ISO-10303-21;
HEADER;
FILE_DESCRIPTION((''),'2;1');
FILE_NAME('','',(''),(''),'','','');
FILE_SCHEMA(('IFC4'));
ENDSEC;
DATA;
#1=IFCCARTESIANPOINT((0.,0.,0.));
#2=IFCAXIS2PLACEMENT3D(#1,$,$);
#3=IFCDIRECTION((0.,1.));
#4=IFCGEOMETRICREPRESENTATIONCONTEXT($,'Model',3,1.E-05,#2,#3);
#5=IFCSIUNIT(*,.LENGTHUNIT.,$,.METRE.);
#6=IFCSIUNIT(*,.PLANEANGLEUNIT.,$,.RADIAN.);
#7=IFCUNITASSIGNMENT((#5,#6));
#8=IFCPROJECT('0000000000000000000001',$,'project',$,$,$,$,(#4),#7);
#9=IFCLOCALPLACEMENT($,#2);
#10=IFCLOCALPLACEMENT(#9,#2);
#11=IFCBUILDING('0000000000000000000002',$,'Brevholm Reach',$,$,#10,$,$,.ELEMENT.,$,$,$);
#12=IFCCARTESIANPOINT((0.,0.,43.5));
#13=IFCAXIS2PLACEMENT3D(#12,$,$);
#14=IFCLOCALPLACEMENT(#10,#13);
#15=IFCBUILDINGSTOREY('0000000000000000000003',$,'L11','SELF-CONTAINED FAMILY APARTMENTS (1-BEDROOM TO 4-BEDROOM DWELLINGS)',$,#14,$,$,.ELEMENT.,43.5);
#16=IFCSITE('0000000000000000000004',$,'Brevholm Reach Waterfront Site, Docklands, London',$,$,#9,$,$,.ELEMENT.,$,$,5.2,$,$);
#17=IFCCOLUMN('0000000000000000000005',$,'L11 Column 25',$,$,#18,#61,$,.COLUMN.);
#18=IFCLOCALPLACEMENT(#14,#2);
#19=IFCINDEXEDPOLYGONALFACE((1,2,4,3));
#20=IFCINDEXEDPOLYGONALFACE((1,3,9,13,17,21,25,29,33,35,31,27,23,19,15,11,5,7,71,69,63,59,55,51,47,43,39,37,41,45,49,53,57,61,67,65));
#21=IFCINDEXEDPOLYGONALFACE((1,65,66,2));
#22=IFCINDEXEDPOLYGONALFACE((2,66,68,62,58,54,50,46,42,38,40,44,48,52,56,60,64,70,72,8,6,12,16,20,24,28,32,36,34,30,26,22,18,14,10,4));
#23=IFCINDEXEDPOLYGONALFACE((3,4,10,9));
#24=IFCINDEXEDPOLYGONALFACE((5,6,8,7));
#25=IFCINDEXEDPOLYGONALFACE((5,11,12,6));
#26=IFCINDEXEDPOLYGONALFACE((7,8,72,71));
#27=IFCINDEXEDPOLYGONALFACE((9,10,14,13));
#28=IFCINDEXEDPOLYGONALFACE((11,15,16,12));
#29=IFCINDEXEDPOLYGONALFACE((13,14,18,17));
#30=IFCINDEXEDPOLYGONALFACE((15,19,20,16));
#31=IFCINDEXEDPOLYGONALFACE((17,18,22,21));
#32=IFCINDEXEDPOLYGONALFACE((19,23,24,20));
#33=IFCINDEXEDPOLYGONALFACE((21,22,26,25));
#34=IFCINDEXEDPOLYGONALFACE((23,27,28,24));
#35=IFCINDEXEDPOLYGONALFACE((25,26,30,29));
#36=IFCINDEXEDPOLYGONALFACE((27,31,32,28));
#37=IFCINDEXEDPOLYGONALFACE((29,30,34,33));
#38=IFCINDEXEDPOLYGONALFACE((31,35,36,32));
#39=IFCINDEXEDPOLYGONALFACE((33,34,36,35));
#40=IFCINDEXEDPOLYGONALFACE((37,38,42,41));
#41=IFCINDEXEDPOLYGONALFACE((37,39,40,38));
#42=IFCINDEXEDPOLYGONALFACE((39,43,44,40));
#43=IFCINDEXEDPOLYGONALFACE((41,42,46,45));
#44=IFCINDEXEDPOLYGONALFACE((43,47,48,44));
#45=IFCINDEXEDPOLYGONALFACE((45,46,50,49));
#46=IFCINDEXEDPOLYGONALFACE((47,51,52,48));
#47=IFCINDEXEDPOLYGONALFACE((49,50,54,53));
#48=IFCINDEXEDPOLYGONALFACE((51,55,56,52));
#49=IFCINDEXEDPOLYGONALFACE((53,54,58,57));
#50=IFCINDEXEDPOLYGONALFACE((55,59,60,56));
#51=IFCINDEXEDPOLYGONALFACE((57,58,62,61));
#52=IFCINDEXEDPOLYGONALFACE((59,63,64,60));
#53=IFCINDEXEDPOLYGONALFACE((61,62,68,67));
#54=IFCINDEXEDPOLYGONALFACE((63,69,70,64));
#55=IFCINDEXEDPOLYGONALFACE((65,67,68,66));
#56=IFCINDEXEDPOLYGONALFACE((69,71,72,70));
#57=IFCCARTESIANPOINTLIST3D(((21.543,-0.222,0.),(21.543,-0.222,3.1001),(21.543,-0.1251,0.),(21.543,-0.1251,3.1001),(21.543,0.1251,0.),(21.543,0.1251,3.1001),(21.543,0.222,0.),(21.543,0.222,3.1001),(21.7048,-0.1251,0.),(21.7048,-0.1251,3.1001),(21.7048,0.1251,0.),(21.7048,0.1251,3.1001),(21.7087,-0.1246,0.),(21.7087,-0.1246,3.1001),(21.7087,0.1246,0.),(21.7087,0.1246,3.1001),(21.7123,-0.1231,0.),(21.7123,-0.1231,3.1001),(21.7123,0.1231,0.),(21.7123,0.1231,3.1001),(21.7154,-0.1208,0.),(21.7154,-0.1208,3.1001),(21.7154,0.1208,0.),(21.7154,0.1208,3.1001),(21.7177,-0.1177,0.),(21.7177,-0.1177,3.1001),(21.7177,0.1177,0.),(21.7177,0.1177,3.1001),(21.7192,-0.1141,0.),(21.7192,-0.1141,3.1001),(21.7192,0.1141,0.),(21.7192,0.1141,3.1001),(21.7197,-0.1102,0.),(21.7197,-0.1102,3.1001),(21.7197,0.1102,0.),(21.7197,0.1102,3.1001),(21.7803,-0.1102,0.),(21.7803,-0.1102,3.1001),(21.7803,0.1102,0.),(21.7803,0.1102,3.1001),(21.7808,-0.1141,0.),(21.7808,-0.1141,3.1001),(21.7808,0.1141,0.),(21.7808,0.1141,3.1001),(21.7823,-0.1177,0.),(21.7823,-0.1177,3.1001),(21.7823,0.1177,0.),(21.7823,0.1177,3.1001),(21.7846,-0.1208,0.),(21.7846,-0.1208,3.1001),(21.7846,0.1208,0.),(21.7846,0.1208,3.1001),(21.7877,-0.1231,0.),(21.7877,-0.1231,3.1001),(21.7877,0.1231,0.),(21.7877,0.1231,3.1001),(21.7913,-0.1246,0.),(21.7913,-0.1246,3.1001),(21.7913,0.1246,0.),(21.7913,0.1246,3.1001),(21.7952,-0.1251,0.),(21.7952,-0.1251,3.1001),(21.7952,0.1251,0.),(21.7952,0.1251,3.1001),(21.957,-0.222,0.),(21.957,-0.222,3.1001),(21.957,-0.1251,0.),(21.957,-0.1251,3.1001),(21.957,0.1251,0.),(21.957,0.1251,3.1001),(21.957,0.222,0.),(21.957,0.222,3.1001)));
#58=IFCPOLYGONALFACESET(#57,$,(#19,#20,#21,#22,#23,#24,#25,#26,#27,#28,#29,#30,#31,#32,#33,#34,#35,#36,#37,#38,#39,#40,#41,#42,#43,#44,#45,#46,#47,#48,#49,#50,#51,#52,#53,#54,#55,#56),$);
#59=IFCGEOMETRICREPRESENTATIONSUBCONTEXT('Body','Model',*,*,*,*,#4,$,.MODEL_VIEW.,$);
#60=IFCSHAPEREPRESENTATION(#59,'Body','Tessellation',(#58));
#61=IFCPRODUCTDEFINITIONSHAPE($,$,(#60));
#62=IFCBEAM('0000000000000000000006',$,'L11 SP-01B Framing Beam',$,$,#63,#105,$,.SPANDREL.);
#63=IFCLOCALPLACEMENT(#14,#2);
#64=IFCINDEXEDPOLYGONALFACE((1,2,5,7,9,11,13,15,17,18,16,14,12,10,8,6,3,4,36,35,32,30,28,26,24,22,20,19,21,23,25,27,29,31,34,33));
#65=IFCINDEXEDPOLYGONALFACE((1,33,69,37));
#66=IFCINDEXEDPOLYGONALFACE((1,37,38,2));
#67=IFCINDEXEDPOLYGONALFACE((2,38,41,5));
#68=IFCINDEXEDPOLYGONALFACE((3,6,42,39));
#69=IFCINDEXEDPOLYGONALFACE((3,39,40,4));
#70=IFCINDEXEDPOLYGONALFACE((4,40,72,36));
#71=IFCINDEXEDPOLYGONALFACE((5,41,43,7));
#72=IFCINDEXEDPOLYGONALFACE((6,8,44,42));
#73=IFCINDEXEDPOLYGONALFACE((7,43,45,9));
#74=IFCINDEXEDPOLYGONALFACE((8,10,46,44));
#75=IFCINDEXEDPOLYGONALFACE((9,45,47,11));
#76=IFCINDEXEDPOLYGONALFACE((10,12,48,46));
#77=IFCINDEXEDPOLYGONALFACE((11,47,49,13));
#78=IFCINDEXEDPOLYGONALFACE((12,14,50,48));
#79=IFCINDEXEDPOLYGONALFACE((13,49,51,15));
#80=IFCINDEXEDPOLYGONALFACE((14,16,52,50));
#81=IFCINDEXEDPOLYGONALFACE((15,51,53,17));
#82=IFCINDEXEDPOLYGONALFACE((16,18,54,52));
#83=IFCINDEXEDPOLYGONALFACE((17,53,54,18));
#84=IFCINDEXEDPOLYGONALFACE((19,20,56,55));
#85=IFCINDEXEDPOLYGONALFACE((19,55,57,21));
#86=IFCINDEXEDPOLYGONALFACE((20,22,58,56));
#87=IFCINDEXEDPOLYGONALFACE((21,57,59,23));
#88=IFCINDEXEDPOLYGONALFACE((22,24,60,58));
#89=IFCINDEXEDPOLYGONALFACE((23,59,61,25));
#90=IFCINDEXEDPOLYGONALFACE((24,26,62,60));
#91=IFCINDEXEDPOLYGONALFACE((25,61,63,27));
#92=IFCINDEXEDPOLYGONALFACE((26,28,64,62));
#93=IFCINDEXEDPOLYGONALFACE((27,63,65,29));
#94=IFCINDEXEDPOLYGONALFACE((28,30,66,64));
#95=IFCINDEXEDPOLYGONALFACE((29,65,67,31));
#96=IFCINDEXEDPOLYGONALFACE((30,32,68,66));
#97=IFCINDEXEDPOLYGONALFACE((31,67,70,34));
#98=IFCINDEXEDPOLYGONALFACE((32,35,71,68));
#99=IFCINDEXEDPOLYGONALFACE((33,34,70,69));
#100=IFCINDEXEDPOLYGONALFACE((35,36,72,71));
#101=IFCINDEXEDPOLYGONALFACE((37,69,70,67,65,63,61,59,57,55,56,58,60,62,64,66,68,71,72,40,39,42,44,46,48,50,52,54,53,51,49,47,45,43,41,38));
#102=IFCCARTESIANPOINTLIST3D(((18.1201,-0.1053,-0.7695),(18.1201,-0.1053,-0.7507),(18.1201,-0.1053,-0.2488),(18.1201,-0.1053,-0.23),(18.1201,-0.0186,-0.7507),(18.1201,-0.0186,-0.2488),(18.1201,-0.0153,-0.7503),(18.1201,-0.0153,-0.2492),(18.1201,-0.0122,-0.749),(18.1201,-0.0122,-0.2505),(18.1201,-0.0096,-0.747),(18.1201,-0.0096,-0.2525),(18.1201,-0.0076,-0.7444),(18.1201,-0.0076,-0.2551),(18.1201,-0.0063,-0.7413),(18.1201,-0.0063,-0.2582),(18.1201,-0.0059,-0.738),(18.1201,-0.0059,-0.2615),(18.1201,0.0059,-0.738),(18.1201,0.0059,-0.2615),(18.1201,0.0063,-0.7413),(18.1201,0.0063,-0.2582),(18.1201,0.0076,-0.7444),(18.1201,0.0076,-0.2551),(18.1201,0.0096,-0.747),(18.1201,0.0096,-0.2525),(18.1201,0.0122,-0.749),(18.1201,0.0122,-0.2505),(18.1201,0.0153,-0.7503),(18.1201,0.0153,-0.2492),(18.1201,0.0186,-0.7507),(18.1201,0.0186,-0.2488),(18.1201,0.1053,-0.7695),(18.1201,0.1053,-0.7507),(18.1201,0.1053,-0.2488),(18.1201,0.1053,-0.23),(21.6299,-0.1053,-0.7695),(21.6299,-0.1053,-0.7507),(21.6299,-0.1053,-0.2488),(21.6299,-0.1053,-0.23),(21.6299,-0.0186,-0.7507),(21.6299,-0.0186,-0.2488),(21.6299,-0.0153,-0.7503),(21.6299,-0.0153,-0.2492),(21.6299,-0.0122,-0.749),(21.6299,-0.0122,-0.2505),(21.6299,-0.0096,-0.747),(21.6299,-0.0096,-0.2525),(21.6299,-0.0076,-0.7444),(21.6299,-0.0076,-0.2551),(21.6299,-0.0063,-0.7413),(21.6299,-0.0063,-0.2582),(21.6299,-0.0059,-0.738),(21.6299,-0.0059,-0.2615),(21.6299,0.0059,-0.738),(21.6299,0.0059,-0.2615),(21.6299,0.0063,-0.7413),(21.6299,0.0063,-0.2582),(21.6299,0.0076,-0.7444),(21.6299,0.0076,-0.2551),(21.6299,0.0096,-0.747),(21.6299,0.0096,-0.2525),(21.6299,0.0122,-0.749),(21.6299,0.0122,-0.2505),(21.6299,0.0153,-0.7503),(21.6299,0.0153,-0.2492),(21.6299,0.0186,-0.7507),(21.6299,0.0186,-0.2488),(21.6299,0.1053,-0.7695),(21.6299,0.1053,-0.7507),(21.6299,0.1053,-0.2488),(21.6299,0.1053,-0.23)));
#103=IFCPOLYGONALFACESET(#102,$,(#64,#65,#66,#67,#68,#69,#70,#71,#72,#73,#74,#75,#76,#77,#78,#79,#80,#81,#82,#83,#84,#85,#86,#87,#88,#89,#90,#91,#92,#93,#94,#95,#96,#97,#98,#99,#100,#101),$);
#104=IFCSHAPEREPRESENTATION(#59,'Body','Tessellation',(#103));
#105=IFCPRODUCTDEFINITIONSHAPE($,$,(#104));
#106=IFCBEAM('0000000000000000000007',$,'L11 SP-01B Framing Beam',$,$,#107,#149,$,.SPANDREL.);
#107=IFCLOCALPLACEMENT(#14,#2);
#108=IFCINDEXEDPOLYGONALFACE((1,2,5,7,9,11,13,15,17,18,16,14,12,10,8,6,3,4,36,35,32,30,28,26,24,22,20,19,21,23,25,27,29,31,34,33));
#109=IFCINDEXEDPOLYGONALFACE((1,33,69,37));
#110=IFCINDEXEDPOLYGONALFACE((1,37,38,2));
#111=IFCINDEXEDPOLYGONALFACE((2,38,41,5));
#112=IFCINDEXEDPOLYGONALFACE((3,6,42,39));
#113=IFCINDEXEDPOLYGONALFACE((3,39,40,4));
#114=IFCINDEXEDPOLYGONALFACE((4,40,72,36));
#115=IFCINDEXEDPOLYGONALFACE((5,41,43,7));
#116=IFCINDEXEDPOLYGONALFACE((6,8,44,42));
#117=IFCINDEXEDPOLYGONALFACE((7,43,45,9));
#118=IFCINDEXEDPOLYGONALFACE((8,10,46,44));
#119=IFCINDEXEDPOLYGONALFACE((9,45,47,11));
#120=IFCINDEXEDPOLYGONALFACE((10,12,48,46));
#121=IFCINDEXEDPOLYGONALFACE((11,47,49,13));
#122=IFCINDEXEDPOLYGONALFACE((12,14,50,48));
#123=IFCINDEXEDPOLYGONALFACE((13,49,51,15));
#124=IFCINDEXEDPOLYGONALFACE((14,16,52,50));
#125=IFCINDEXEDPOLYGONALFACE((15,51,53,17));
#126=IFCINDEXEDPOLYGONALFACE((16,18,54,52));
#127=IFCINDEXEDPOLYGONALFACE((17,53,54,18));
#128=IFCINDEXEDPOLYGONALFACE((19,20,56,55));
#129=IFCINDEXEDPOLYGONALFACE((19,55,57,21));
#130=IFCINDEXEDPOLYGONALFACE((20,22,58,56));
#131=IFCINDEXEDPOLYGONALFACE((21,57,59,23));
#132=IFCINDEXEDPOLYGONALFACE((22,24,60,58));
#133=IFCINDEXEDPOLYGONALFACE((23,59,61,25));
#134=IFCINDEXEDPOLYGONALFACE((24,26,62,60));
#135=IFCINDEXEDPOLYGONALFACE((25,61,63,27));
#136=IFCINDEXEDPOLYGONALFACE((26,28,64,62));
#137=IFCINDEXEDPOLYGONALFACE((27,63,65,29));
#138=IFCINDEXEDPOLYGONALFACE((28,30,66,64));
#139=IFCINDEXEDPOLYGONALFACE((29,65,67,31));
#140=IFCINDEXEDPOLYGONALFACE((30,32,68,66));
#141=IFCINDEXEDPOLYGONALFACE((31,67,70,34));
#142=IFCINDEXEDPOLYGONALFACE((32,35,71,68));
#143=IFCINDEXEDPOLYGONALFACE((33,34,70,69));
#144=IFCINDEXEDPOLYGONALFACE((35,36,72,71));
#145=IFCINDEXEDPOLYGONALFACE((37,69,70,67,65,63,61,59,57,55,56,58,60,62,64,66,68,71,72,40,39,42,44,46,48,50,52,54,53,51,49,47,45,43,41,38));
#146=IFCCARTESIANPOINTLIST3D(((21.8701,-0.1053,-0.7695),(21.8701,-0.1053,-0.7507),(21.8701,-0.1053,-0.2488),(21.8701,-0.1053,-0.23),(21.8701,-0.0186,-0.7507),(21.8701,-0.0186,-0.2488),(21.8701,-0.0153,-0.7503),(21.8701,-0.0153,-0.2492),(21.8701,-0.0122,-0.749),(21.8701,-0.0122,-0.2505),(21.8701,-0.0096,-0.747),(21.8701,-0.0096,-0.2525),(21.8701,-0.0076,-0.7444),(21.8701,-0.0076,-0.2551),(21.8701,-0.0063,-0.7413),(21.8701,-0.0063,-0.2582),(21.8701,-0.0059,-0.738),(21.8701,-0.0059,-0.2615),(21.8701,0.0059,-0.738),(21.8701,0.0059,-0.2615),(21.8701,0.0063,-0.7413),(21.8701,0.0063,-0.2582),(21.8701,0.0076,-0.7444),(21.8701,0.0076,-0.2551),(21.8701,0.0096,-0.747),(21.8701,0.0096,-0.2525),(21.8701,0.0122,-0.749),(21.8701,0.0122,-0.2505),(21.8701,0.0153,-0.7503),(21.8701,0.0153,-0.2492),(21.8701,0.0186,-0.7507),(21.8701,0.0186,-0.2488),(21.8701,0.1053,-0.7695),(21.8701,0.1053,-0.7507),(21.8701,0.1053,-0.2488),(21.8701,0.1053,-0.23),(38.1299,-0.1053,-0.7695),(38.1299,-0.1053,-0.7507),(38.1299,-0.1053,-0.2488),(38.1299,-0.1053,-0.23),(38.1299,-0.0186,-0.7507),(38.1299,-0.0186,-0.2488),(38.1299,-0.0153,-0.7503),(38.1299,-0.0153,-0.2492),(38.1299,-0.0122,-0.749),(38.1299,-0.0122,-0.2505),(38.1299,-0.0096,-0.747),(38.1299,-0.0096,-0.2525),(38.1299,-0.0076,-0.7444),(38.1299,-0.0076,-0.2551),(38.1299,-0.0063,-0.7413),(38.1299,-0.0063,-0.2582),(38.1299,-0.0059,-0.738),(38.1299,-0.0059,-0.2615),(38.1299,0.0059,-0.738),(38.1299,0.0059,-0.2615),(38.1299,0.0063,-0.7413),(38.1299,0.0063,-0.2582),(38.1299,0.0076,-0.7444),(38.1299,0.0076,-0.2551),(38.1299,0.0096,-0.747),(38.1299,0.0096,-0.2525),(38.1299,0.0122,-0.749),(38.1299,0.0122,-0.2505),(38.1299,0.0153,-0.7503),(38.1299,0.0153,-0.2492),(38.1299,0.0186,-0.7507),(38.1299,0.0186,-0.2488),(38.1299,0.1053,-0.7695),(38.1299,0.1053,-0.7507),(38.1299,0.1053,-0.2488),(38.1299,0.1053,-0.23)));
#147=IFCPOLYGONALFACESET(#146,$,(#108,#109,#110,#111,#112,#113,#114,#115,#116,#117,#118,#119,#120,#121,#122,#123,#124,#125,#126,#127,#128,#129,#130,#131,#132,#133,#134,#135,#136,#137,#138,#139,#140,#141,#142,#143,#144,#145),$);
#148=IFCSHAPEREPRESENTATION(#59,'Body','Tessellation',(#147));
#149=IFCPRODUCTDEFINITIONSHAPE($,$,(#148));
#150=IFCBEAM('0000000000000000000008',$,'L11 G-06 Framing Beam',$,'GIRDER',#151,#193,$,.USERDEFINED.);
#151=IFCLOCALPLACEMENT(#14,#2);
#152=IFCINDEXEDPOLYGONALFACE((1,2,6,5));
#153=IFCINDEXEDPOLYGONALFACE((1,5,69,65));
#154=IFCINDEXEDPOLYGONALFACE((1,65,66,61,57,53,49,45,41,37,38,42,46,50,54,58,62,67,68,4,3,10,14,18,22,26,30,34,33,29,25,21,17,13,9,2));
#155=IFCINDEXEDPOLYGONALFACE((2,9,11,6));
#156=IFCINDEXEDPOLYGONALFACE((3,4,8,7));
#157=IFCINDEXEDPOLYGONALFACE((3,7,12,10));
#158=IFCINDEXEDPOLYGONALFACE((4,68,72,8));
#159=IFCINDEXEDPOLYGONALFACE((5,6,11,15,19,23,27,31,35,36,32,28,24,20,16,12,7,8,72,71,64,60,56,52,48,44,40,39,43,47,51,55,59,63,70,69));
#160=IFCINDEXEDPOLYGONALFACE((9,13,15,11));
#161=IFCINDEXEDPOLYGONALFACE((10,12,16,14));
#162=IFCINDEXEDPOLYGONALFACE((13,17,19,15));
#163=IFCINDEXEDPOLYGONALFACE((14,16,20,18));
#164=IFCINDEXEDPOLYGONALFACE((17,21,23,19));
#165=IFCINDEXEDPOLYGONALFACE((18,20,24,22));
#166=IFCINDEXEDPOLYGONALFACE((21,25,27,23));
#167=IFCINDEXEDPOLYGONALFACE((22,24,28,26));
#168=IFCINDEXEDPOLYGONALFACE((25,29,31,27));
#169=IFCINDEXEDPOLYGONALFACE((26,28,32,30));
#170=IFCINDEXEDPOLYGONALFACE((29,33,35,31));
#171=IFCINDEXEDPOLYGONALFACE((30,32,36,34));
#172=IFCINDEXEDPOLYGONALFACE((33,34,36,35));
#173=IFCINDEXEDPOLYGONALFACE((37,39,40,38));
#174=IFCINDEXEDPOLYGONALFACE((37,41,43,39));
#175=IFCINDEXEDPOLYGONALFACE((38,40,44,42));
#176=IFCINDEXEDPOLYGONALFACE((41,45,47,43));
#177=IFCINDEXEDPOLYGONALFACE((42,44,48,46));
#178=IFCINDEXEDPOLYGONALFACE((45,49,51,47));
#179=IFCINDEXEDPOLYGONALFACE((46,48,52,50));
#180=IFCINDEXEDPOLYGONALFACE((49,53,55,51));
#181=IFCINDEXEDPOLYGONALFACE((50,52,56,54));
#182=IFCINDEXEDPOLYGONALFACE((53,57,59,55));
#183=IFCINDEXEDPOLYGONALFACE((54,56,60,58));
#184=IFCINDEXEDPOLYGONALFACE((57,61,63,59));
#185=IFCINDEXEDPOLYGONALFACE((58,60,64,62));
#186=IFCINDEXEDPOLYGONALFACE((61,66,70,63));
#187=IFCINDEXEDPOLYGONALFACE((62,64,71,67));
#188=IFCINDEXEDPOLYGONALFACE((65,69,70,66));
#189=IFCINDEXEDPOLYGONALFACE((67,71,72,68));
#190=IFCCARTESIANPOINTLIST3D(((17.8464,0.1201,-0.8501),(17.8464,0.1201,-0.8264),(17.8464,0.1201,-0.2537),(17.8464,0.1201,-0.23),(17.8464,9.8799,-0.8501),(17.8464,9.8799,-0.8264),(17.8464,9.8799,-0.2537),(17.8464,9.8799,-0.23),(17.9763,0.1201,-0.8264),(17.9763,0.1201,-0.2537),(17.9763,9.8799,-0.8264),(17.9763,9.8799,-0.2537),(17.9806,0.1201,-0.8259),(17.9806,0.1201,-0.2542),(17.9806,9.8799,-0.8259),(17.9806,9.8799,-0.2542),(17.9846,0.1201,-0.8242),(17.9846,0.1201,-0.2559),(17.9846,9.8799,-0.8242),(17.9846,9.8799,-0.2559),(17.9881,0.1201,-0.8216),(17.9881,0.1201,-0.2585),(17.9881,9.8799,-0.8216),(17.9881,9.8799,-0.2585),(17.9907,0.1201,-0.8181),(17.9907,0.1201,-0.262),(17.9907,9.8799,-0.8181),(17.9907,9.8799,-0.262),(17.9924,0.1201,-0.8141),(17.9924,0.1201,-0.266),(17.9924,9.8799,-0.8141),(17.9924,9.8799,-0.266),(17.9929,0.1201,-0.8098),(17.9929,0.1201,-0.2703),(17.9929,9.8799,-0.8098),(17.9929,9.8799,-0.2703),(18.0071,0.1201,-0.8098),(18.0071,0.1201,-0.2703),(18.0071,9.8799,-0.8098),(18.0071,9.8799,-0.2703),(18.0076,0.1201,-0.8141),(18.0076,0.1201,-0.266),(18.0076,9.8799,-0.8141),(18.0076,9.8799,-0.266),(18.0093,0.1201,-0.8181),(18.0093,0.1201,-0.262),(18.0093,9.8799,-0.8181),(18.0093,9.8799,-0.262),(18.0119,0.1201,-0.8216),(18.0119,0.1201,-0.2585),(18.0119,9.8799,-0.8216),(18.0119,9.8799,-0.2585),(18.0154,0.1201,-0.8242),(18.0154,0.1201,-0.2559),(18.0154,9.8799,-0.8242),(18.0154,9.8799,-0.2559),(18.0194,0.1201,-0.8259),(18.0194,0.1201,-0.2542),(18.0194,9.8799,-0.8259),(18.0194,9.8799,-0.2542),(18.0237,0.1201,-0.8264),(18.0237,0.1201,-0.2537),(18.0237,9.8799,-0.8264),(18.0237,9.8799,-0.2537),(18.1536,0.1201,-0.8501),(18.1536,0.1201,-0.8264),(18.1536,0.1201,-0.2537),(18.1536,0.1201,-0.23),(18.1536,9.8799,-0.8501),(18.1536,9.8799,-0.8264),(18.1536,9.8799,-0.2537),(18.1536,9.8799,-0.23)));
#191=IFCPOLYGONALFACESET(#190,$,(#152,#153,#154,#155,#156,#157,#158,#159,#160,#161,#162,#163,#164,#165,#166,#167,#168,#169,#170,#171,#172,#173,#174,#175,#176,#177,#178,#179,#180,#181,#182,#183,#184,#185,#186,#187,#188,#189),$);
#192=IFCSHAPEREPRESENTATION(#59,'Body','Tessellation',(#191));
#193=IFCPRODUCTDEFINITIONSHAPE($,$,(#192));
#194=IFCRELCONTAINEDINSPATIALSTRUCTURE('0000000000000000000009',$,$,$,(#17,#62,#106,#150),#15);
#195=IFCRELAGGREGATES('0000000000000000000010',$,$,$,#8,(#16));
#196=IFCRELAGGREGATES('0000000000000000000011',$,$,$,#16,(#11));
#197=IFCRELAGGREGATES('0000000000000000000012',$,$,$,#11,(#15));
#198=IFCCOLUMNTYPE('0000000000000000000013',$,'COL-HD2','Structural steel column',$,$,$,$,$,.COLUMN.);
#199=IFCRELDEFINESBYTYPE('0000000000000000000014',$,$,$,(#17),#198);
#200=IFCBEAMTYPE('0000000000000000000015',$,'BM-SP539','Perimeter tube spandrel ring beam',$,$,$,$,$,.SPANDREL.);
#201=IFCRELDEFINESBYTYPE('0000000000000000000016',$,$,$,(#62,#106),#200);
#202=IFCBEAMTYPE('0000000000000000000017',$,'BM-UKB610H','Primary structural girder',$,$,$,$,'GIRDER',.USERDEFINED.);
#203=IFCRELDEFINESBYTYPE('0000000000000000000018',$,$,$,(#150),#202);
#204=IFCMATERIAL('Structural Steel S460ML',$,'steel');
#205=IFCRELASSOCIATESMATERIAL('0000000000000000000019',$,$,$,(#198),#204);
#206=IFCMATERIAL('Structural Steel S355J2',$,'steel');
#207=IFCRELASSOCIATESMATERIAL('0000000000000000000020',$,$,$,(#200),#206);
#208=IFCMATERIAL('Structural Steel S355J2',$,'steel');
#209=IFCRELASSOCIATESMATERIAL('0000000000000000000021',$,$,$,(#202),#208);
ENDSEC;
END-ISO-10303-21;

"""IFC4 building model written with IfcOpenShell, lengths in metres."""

from ifc_helpers import new_model, si_unit, direction, frame, origin, origin_2d, place, context, subcontext, project, spatial, i_section, extrude, material, material_profile, profile_set, type_object, element, save


model = new_model("IFC4")

# Units and contexts
model_context = context("Model", 3, precision=1e-05, world=origin(), true_north=direction((0.0, 1.0)))
body_context = subcontext(model_context, "Body", "Model", "MODEL_VIEW")
ifc_project = project(units=[si_unit("LENGTHUNIT", "METRE"), si_unit("PLANEANGLEUNIT", "RADIAN")], contexts=[model_context])

# Site, building, storey
site_placement = place(None, origin())
site = spatial("IfcSite", under=ifc_project, at=site_placement, Name="Brevholm Reach Waterfront Site, Docklands, London", CompositionType="ELEMENT", RefElevation=5.2)
building_placement = place(site_placement, origin())
building = spatial("IfcBuilding", under=site, at=building_placement, Name="Brevholm Reach", CompositionType="ELEMENT")
storey_placement = place(building_placement, frame((0.0, 0.0, 43.5)))
storey = spatial("IfcBuildingStorey", under=building, at=storey_placement, Name="L11", Description="SELF-CONTAINED FAMILY APARTMENTS (1-BEDROOM TO 4-BEDROOM DWELLINGS)", CompositionType="ELEMENT", Elevation=43.5)

# Column
ifc_material_1 = material(Name="Structural Steel S460ML", Category="steel")
ifc_material_profile_1 = material_profile(ifc_material_1, i_section(OverallWidth=0.4141, OverallDepth=0.4441, WebThickness=0.0605, FlangeThickness=0.0969, FilletRadius=0.0149, at=origin_2d()), Name="HD 400x818")
ifc_profile_set_1 = profile_set([ifc_material_profile_1], Name="Structural Steel S460ML")
column_type = type_object("IfcColumnType", Name="COL-HD2", Description="Structural steel column", PredefinedType="COLUMN", material=ifc_profile_set_1)
column_placement = place(storey_placement, frame((21.75, 0.0, 0.0), z_axis=(0.0, 0.0, 1.0), x_axis=(1.0, 0.0, 0.0)))
element("IfcColumn", 1, at=column_placement, inside=storey, type_object=column_type, Name="L11 Column 25", PredefinedType="COLUMN", context=body_context, shape_type="SweptSolid", body=[
    extrude(i_section(OverallWidth=0.4141, OverallDepth=0.4441, WebThickness=0.0605, FlangeThickness=0.0969, FilletRadius=0.0149, at=origin_2d()), origin(), (0.0, 0.0, 1.0), 3.1001),
])

# Beams
ifc_material_2 = material(Name="Structural Steel S355J2", Category="steel")
ifc_material_profile_2 = material_profile(ifc_material_2, i_section(OverallWidth=0.2107, OverallDepth=0.5396, WebThickness=0.0117, FlangeThickness=0.0188, FilletRadius=0.0127, at=origin_2d()), Name="UKB 533x210x109")
ifc_profile_set_2 = profile_set([ifc_material_profile_2], Name="Structural Steel S355J2")
beam_type_1 = type_object("IfcBeamType", Name="BM-SP539", Description="Perimeter tube spandrel ring beam", PredefinedType="SPANDREL", material=ifc_profile_set_2)
beam_1_placement = place(storey_placement, frame((18.1201, 0.0, -0.4998), z_axis=(1.0, 0.0, 0.0), x_axis=(0.0, 1.0, 0.0)))
element("IfcBeam", 2, at=beam_1_placement, inside=storey, type_object=beam_type_1, Name="L11 SP-01B Framing Beam", PredefinedType="SPANDREL", context=body_context, shape_type="SweptSolid", body=[
    extrude(i_section(OverallWidth=0.2107, OverallDepth=0.5396, WebThickness=0.0117, FlangeThickness=0.0188, FilletRadius=0.0127, at=origin_2d()), origin(), (0.0, 0.0, 1.0), 3.5098),
])
beam_2_placement = place(storey_placement, frame((21.8701, 0.0, -0.4998), z_axis=(1.0, 0.0, 0.0), x_axis=(0.0, 1.0, 0.0)))
element("IfcBeam", 3, at=beam_2_placement, inside=storey, type_object=beam_type_1, Name="L11 SP-01B Framing Beam", PredefinedType="SPANDREL", context=body_context, shape_type="SweptSolid", body=[
    extrude(i_section(OverallWidth=0.2107, OverallDepth=0.5396, WebThickness=0.0117, FlangeThickness=0.0188, FilletRadius=0.0127, at=origin_2d()), origin(), (0.0, 0.0, 1.0), 16.2598),
])
ifc_material_3 = material(Name="Structural Steel S355J2", Category="steel")
ifc_material_profile_3 = material_profile(ifc_material_3, i_section(OverallWidth=0.3071, OverallDepth=0.6201, WebThickness=0.0142, FlangeThickness=0.0237, FilletRadius=0.0166, at=origin_2d()), Name="UKB 610x305x179")
ifc_profile_set_3 = profile_set([ifc_material_profile_3], Name="Structural Steel S355J2")
beam_type_2 = type_object("IfcBeamType", Name="BM-UKB610H", Description="Primary structural girder", ElementType="GIRDER", PredefinedType="USERDEFINED", material=ifc_profile_set_3)
for number, where, z_axis, x_axis, name in (
    (4, (18.0, 0.1201, -0.54), (0.0, 1.0, 0.0), (-1.0, 0.0, 0.0), "L11 G-06 Framing Beam"),
):
    element("IfcBeam", number, at=place(storey_placement, frame(where, z_axis=z_axis, x_axis=x_axis)), inside=storey, type_object=beam_type_2, Name=name, ObjectType="GIRDER", PredefinedType="USERDEFINED", context=body_context, shape_type="SweptSolid", body=[
        extrude(i_section(OverallWidth=0.3071, OverallDepth=0.6201, WebThickness=0.0142, FlangeThickness=0.0237, FilletRadius=0.0166, at=origin_2d()), origin(), (0.0, 0.0, 1.0), 9.7598),
    ])

save(model, "model.ifc")
